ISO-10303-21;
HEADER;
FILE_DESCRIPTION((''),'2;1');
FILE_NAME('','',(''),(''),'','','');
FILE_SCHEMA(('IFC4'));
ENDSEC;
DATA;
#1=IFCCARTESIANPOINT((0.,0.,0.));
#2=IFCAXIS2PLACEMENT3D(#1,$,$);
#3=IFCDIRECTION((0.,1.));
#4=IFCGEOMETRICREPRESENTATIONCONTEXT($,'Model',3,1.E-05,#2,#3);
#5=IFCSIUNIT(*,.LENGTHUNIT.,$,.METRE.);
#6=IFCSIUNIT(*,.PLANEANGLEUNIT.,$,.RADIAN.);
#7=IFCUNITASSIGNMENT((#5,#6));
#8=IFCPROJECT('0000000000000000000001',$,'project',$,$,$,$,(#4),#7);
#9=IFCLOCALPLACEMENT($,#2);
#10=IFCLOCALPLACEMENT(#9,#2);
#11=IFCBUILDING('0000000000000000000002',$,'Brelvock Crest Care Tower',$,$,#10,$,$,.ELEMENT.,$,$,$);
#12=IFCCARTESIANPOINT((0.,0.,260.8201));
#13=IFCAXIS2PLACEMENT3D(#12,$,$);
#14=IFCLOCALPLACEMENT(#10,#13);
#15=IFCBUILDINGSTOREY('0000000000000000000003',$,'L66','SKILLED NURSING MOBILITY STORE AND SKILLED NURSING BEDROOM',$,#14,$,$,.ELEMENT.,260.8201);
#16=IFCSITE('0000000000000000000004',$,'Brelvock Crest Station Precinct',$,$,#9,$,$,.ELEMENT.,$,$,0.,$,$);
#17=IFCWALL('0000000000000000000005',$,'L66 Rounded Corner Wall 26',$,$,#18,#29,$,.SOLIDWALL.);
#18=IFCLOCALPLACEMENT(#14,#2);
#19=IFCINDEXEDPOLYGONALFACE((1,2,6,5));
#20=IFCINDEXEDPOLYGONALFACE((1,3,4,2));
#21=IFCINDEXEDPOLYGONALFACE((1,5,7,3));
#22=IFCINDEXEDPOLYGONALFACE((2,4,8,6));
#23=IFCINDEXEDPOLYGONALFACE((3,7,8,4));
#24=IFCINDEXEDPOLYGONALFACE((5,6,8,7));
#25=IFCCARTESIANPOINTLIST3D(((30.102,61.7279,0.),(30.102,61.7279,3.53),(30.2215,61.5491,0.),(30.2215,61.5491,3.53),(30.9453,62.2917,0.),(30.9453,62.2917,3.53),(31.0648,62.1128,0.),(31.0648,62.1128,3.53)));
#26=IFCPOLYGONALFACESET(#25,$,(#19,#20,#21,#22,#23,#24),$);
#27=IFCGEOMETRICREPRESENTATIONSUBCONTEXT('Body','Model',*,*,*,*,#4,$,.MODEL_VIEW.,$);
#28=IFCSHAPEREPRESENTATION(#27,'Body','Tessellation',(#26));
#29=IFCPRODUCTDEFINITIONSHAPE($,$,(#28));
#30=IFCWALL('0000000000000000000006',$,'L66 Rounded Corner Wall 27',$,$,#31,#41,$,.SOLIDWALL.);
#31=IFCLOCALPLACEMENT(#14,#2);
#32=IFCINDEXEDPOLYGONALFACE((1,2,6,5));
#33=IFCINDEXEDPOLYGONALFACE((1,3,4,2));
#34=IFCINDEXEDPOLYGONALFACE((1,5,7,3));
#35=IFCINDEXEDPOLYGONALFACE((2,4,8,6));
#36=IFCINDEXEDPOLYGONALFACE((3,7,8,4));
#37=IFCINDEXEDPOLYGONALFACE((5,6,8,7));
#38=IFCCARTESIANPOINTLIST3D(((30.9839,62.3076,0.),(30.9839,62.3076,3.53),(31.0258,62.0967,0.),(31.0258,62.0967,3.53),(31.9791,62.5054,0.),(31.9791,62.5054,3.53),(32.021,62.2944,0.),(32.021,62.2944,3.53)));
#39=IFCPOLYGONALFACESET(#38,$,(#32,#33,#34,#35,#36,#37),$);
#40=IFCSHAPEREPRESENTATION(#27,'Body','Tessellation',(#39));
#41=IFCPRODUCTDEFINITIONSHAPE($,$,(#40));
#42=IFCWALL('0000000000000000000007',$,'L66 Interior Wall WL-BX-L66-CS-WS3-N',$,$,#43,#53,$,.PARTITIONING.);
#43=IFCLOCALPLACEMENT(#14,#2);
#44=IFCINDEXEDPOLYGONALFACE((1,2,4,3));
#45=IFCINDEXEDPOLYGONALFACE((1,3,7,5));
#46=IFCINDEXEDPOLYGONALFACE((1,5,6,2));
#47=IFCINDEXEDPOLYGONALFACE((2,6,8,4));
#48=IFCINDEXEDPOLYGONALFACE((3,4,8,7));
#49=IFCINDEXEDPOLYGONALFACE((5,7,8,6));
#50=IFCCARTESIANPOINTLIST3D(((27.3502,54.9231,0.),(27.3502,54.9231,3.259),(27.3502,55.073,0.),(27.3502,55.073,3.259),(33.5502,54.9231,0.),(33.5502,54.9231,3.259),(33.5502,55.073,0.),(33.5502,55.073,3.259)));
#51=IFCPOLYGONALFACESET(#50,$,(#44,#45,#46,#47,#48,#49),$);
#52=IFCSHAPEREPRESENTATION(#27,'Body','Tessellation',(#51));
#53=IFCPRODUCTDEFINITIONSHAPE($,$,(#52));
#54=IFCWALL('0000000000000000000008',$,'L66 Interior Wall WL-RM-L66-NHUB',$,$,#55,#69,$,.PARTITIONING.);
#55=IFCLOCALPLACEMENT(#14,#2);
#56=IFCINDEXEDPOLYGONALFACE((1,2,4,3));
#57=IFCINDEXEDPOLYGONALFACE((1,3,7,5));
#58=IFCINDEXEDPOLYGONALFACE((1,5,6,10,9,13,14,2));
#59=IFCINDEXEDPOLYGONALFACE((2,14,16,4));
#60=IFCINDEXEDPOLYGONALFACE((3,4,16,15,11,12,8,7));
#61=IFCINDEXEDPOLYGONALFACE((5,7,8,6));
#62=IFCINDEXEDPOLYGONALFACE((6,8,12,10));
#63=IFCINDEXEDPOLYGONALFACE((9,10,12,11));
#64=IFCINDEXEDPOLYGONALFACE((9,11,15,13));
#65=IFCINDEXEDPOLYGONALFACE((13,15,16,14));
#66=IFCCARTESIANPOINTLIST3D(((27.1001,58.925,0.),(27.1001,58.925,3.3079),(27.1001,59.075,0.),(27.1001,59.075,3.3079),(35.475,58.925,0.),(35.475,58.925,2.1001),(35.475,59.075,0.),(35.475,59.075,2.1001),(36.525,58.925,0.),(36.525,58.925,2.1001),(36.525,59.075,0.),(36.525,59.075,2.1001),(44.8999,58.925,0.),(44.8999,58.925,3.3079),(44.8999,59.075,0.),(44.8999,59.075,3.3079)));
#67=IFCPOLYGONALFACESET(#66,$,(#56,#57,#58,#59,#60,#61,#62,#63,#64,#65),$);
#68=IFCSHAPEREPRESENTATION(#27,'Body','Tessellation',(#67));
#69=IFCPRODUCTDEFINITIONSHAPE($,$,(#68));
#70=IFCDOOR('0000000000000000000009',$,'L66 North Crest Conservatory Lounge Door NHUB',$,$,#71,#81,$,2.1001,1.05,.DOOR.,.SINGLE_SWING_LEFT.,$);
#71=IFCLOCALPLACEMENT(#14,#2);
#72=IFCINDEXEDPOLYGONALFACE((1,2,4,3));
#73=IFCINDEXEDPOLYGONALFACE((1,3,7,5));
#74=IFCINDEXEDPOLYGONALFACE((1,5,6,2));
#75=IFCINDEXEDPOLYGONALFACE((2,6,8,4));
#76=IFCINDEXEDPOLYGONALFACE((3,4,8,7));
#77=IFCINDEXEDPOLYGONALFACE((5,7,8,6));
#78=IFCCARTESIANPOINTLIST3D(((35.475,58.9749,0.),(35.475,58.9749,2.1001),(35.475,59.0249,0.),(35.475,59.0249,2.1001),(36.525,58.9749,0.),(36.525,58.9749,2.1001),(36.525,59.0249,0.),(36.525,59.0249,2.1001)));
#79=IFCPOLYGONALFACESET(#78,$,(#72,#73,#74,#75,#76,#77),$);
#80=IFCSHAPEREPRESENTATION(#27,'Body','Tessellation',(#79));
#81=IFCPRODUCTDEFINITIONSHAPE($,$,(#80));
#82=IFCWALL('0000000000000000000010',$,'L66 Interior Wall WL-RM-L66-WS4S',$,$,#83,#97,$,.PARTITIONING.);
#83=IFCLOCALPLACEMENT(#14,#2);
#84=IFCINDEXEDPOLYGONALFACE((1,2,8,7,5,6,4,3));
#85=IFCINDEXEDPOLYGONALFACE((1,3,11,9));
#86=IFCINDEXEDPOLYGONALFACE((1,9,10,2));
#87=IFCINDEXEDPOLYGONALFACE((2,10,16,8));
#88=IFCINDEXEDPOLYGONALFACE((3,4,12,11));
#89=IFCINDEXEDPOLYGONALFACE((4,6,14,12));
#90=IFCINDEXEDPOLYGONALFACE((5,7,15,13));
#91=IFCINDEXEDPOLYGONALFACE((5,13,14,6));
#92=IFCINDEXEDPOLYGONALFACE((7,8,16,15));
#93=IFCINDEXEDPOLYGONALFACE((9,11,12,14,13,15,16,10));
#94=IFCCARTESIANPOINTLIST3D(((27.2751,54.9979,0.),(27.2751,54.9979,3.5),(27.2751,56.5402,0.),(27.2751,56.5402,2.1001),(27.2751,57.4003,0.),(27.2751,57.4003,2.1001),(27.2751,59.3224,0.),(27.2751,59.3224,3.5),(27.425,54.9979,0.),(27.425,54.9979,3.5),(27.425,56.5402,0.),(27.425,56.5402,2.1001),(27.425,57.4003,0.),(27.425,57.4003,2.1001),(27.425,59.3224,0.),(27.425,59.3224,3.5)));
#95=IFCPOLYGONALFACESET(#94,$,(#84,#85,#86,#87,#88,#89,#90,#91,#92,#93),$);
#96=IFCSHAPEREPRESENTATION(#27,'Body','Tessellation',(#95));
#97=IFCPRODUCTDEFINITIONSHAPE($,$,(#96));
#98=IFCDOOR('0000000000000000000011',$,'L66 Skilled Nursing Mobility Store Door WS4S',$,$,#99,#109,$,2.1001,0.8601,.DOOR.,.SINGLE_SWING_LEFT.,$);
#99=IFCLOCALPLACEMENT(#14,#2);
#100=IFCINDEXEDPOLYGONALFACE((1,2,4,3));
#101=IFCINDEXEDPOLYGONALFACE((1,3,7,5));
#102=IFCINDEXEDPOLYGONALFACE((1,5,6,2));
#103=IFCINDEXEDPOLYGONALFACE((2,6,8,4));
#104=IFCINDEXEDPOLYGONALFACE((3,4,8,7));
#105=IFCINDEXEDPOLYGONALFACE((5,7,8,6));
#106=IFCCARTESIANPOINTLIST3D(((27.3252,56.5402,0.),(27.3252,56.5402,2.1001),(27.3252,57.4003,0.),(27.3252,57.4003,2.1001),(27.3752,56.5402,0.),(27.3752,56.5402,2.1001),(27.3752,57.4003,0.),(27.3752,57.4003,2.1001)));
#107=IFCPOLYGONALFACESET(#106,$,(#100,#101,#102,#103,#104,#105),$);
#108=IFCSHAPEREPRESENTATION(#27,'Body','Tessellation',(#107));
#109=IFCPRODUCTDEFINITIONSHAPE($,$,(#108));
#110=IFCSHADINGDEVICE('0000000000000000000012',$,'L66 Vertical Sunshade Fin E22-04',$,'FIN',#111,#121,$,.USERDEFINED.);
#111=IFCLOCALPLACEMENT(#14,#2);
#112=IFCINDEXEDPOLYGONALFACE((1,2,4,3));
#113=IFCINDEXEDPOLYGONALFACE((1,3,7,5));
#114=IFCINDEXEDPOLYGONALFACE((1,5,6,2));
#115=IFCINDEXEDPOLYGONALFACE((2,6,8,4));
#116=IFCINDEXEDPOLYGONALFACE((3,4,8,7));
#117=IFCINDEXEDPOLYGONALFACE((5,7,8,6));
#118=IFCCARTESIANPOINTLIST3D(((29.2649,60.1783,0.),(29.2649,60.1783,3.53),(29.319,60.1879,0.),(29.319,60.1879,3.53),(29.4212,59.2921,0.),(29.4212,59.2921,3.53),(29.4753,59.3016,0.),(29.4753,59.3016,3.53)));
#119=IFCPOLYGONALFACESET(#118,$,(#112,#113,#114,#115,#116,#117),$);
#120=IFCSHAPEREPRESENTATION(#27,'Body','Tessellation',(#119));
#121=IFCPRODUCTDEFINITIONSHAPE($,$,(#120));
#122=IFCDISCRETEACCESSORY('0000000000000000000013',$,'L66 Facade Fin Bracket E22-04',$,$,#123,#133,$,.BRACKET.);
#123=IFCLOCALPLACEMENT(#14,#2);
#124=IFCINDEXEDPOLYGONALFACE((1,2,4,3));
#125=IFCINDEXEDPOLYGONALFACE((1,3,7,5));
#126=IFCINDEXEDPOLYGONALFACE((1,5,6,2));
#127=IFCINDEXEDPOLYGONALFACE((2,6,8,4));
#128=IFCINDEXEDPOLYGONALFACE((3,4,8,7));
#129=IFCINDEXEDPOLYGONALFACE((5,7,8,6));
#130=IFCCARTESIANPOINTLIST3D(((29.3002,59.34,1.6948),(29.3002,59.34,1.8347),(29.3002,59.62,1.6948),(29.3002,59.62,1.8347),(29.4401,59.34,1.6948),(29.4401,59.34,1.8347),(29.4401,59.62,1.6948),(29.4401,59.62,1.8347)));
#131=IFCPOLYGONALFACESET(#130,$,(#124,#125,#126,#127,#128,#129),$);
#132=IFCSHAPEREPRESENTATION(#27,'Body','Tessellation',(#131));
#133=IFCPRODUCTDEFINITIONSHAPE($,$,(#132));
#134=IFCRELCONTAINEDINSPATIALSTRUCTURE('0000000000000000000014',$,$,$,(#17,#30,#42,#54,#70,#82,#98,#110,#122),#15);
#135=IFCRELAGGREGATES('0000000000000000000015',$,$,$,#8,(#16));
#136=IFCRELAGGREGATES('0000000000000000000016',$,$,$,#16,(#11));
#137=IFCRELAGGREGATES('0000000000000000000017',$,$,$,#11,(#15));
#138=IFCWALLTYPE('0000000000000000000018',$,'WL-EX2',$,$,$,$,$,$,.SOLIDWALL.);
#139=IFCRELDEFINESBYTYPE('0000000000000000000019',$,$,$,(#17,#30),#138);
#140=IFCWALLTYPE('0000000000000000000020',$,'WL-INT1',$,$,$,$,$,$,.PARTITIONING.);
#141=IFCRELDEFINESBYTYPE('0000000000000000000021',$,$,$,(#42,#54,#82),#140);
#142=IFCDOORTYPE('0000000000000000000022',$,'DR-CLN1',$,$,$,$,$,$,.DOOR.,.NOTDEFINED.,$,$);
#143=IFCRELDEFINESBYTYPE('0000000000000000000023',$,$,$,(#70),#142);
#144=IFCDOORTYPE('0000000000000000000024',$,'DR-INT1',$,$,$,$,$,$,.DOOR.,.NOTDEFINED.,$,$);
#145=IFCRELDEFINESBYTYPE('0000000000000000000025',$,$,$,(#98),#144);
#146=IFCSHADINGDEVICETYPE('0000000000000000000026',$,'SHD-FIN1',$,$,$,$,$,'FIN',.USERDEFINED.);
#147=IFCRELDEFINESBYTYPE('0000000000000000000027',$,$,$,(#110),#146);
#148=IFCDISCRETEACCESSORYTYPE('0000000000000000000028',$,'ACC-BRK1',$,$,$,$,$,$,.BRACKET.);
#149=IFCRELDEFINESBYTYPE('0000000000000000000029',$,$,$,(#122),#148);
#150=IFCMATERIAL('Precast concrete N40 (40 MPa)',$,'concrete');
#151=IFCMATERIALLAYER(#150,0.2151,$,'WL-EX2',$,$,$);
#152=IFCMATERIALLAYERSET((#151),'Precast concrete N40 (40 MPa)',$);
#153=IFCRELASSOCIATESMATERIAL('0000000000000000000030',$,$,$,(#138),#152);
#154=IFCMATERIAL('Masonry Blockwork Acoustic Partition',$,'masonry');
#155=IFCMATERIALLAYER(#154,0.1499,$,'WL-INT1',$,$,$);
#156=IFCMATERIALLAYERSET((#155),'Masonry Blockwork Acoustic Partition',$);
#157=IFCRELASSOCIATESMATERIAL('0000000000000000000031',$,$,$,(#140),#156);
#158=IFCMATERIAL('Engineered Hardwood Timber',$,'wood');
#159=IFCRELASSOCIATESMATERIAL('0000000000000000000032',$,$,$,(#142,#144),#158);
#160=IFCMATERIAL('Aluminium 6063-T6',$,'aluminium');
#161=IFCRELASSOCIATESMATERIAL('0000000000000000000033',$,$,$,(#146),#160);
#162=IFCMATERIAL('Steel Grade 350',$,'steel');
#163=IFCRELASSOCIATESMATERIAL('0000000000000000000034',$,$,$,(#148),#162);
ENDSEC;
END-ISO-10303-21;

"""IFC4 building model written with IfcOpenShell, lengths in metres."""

from ifc_helpers import new_model, si_unit, direction, frame, frame_2d, origin, origin_2d, place, context, subcontext, project, spatial, rectangle, extrude, source, transform, mapped, material, layer, layer_set, material_profile, profile_set, type_object, element, fill, save


model = new_model("IFC4")

# Units and contexts
model_context = context("Model", 3, precision=1e-05, world=origin(), true_north=direction((0.0, 1.0)))
body_context = subcontext(model_context, "Body", "Model", "MODEL_VIEW")
ifc_project = project(units=[si_unit("LENGTHUNIT", "METRE"), si_unit("PLANEANGLEUNIT", "RADIAN")], contexts=[model_context])

# Site, building, storey
site_placement = place(None, origin())
site = spatial("IfcSite", under=ifc_project, at=site_placement, Name="Brelvock Crest Station Precinct", CompositionType="ELEMENT", RefElevation=0.0)
building_placement = place(site_placement, origin())
building = spatial("IfcBuilding", under=site, at=building_placement, Name="Brelvock Crest Care Tower", CompositionType="ELEMENT")
storey_placement = place(building_placement, frame((0.0, 0.0, 260.8201)))
storey = spatial("IfcBuildingStorey", under=building, at=storey_placement, Name="L66", Description="SKILLED NURSING MOBILITY STORE AND SKILLED NURSING BEDROOM", CompositionType="ELEMENT", Elevation=260.8201)

# Shared definitions
ifc_material_1 = material(Name="Steel Grade 350", Category="steel")

# Shared definitions
ifc_material_2 = material(Name="Aluminium 6063-T6", Category="aluminium")

# Walls
ifc_material_3 = material(Name="Precast concrete N40 (40 MPa)", Category="concrete")
ifc_layer_1 = layer(ifc_material_3, 0.2151, Name="WL-EX2")
ifc_layer_set_1 = layer_set([ifc_layer_1], Name="Precast concrete N40 (40 MPa)")
wall_type_1 = type_object("IfcWallType", Name="WL-EX2", PredefinedType="SOLIDWALL", material=ifc_layer_set_1)
wall_1_placement = place(storey_placement, frame((30.1616, 61.6384, 0.0), z_axis=(0.0, 0.0, 1.0), x_axis=(0.831346, 0.555755, 0.0)))
element("IfcWall", 1, at=wall_1_placement, inside=storey, type_object=wall_type_1, Name="L66 Rounded Corner Wall 26", PredefinedType="SOLIDWALL", context=body_context, shape_type="SweptSolid", body=[
    extrude(rectangle(XDim=1.0144, YDim=0.2151, at=frame_2d((0.5073, 0.0))), origin(), (0.0, 0.0, 1.0), 3.53),
])
wall_2_placement = place(storey_placement, frame((31.0049, 62.2021, 0.0), z_axis=(0.0, 0.0, 1.0), x_axis=(0.980821, 0.194913, 0.0)))
element("IfcWall", 2, at=wall_2_placement, inside=storey, type_object=wall_type_1, Name="L66 Rounded Corner Wall 27", PredefinedType="SOLIDWALL", context=body_context, shape_type="SweptSolid", body=[
    extrude(rectangle(XDim=1.0146, YDim=0.2151, at=frame_2d((0.5073, 0.0))), origin(), (0.0, 0.0, 1.0), 3.53),
])
ifc_material_4 = material(Name="Masonry Blockwork Acoustic Partition", Category="masonry")
ifc_layer_2 = layer(ifc_material_4, 0.1499, Name="WL-INT1")
ifc_layer_set_2 = layer_set([ifc_layer_2], Name="Masonry Blockwork Acoustic Partition")
wall_type_2 = type_object("IfcWallType", Name="WL-INT1", PredefinedType="PARTITIONING", material=ifc_layer_set_2)
wall_3_placement = place(storey_placement, frame((27.3501, 54.998, 0.0), z_axis=(0.0, 0.0, 1.0), x_axis=(1.0, 0.0, 0.0)))
element("IfcWall", 3, at=wall_3_placement, inside=storey, type_object=wall_type_2, Name="L66 Interior Wall WL-BX-L66-CS-WS3-N", PredefinedType="PARTITIONING", context=body_context, shape_type="SweptSolid", body=[
    extrude(rectangle(XDim=6.2, YDim=0.1499, at=frame_2d((3.1001, 0.0))), origin(), (0.0, 0.0, 1.0), 3.259),
])

# Walls, openings, doors
wall_4_placement = place(storey_placement, frame((27.1001, 59.0, 0.0), z_axis=(0.0, 0.0, 1.0), x_axis=(1.0, 0.0, 0.0)))
wall_4 = element("IfcWall", 4, at=wall_4_placement, inside=storey, type_object=wall_type_2, Name="L66 Interior Wall WL-RM-L66-NHUB", PredefinedType="PARTITIONING", context=body_context, shape_type="SweptSolid", body=[
    extrude(rectangle(XDim=17.7998, YDim=0.1499, at=frame_2d((8.8999, 0.0))), origin(), (0.0, 0.0, 1.0), 3.3079),
])
opening_1_placement = place(wall_4_placement, frame((8.375, 0.0, 0.0)))
opening_1 = element("IfcOpeningElement", 5, at=opening_1_placement, cuts=wall_4, PredefinedType="OPENING", context=body_context, shape_type="SweptSolid", body=[
    extrude(rectangle(XDim=1.05, YDim=2.1001, at=origin_2d()), frame((0.5249, 0.085, 1.05), z_axis=(0.0, -1.0, 0.0), x_axis=(1.0, 0.0, 0.0)), (0.0, 0.0, 1.0), 0.1699),
])
ifc_material_5 = material(Name="Engineered Hardwood Timber", Category="wood")
door_type_1 = type_object("IfcDoorType", Name="DR-CLN1", OperationType="NOTDEFINED", PredefinedType="DOOR", material=ifc_material_5)
shared_shape_1 = source(origin(), body_context, "Body", "SweptSolid", [
    extrude(rectangle(XDim=1.05, YDim=2.1001, at=origin_2d()), frame((0.5249, 0.0249, 1.05), z_axis=(0.0, -1.0, 0.0), x_axis=(1.0, 0.0, 0.0)), (0.0, 0.0, 1.0), 0.05),
])
door_1_placement = place(opening_1_placement, origin())
door_1 = element("IfcDoor", 6, at=door_1_placement, inside=storey, type_object=door_type_1, Name="L66 North Crest Conservatory Lounge Door NHUB", OperationType="SINGLE_SWING_LEFT", OverallHeight=2.1001, OverallWidth=1.05, PredefinedType="DOOR", context=body_context, shape_type="MappedRepresentation", body=[
    mapped(shared_shape_1, transform((0.0, 0.0, 0.0), x_axis=(1.0, 0.0, 0.0), y_axis=(0.0, 1.0, 0.0), z_axis=(0.0, 0.0, 1.0), scale=1.0)),
])
fill(opening_1, door_1)
wall_5_placement = place(storey_placement, frame((27.3501, 54.998, 0.0), z_axis=(0.0, 0.0, 1.0), x_axis=(0.0, 1.0, 0.0)))
wall_5 = element("IfcWall", 7, at=wall_5_placement, inside=storey, type_object=wall_type_2, Name="L66 Interior Wall WL-RM-L66-WS4S", PredefinedType="PARTITIONING", context=body_context, shape_type="SweptSolid", body=[
    extrude(rectangle(XDim=4.3245, YDim=0.1499, at=frame_2d((2.1621, 0.0))), origin(), (0.0, 0.0, 1.0), 3.5),
])
opening_2_placement = place(wall_5_placement, frame((1.542, 0.0, 0.0)))
opening_2 = element("IfcOpeningElement", 8, at=opening_2_placement, cuts=wall_5, PredefinedType="OPENING", context=body_context, shape_type="SweptSolid", body=[
    extrude(rectangle(XDim=0.8601, YDim=2.1001, at=origin_2d()), frame((0.4302, 0.085, 1.05), z_axis=(0.0, -1.0, 0.0), x_axis=(1.0, 0.0, 0.0)), (0.0, 0.0, 1.0), 0.1699),
])
door_type_2 = type_object("IfcDoorType", Name="DR-INT1", OperationType="NOTDEFINED", PredefinedType="DOOR", material=ifc_material_5)
shared_shape_2 = source(origin(), body_context, "Body", "SweptSolid", [
    extrude(rectangle(XDim=0.8601, YDim=2.1001, at=origin_2d()), frame((0.4302, 0.0249, 1.05), z_axis=(0.0, -1.0, 0.0), x_axis=(1.0, 0.0, 0.0)), (0.0, 0.0, 1.0), 0.05),
])
door_2_placement = place(opening_2_placement, origin())
door_2 = element("IfcDoor", 9, at=door_2_placement, inside=storey, type_object=door_type_2, Name="L66 Skilled Nursing Mobility Store Door WS4S", OperationType="SINGLE_SWING_LEFT", OverallHeight=2.1001, OverallWidth=0.8601, PredefinedType="DOOR", context=body_context, shape_type="MappedRepresentation", body=[
    mapped(shared_shape_2, transform((0.0, 0.0, 0.0), x_axis=(1.0, 0.0, 0.0), y_axis=(0.0, 1.0, 0.0), z_axis=(0.0, 0.0, 1.0), scale=1.0)),
])
fill(opening_2, door_2)

# Shading device
ifc_material_profile_1 = material_profile(ifc_material_2, rectangle(XDim=0.0549, YDim=0.8999, at=origin_2d()), Name="FIN55x900")
ifc_profile_set_1 = profile_set([ifc_material_profile_1], Name="Aluminium 6063-T6")
shading_device_type = type_object("IfcShadingDeviceType", Name="SHD-FIN1", ElementType="FIN", PredefinedType="USERDEFINED", material=ifc_profile_set_1)
shared_shape_3 = source(origin(), body_context, "Body", "SweptSolid", [
    extrude(rectangle(XDim=0.0549, YDim=0.8999, at=origin_2d()), origin(), (0.0, 0.0, 1.0), 3.53),
])
shading_device_placement = place(storey_placement, frame((29.3701, 59.74, 0.0), z_axis=(0.0, 0.0, 1.0), x_axis=(0.984808, 0.173648, 0.0)))
element("IfcShadingDevice", 10, at=shading_device_placement, inside=storey, type_object=shading_device_type, Name="L66 Vertical Sunshade Fin E22-04", ObjectType="FIN", PredefinedType="USERDEFINED", context=body_context, shape_type="MappedRepresentation", body=[
    mapped(shared_shape_3, transform((0.0, 0.0, 0.0), x_axis=(1.0, 0.0, 0.0), y_axis=(0.0, 1.0, 0.0), z_axis=(0.0, 0.0, 1.0), scale=1.0)),
])

# Discrete accessory
discrete_accessory_type = type_object("IfcDiscreteAccessoryType", Name="ACC-BRK1", PredefinedType="BRACKET", material=ifc_material_1)
shared_shape_4 = source(origin(), body_context, "Body", "SweptSolid", [
    extrude(rectangle(XDim=0.28, YDim=0.1399, at=origin_2d()), origin(), (0.0, 0.0, 1.0), 0.1399),
])
discrete_accessory_placement = place(storey_placement, frame((29.3701, 59.48, 1.6948), z_axis=(0.0, 0.0, 1.0), x_axis=(0.0, 1.0, 0.0)))
element("IfcDiscreteAccessory", 11, at=discrete_accessory_placement, inside=storey, type_object=discrete_accessory_type, Name="L66 Facade Fin Bracket E22-04", PredefinedType="BRACKET", context=body_context, shape_type="MappedRepresentation", body=[
    mapped(shared_shape_4, transform((0.0, 0.0, 0.0), x_axis=(1.0, 0.0, 0.0), y_axis=(0.0, 1.0, 0.0), z_axis=(0.0, 0.0, 1.0), scale=1.0)),
])

save(model, "model.ifc")
